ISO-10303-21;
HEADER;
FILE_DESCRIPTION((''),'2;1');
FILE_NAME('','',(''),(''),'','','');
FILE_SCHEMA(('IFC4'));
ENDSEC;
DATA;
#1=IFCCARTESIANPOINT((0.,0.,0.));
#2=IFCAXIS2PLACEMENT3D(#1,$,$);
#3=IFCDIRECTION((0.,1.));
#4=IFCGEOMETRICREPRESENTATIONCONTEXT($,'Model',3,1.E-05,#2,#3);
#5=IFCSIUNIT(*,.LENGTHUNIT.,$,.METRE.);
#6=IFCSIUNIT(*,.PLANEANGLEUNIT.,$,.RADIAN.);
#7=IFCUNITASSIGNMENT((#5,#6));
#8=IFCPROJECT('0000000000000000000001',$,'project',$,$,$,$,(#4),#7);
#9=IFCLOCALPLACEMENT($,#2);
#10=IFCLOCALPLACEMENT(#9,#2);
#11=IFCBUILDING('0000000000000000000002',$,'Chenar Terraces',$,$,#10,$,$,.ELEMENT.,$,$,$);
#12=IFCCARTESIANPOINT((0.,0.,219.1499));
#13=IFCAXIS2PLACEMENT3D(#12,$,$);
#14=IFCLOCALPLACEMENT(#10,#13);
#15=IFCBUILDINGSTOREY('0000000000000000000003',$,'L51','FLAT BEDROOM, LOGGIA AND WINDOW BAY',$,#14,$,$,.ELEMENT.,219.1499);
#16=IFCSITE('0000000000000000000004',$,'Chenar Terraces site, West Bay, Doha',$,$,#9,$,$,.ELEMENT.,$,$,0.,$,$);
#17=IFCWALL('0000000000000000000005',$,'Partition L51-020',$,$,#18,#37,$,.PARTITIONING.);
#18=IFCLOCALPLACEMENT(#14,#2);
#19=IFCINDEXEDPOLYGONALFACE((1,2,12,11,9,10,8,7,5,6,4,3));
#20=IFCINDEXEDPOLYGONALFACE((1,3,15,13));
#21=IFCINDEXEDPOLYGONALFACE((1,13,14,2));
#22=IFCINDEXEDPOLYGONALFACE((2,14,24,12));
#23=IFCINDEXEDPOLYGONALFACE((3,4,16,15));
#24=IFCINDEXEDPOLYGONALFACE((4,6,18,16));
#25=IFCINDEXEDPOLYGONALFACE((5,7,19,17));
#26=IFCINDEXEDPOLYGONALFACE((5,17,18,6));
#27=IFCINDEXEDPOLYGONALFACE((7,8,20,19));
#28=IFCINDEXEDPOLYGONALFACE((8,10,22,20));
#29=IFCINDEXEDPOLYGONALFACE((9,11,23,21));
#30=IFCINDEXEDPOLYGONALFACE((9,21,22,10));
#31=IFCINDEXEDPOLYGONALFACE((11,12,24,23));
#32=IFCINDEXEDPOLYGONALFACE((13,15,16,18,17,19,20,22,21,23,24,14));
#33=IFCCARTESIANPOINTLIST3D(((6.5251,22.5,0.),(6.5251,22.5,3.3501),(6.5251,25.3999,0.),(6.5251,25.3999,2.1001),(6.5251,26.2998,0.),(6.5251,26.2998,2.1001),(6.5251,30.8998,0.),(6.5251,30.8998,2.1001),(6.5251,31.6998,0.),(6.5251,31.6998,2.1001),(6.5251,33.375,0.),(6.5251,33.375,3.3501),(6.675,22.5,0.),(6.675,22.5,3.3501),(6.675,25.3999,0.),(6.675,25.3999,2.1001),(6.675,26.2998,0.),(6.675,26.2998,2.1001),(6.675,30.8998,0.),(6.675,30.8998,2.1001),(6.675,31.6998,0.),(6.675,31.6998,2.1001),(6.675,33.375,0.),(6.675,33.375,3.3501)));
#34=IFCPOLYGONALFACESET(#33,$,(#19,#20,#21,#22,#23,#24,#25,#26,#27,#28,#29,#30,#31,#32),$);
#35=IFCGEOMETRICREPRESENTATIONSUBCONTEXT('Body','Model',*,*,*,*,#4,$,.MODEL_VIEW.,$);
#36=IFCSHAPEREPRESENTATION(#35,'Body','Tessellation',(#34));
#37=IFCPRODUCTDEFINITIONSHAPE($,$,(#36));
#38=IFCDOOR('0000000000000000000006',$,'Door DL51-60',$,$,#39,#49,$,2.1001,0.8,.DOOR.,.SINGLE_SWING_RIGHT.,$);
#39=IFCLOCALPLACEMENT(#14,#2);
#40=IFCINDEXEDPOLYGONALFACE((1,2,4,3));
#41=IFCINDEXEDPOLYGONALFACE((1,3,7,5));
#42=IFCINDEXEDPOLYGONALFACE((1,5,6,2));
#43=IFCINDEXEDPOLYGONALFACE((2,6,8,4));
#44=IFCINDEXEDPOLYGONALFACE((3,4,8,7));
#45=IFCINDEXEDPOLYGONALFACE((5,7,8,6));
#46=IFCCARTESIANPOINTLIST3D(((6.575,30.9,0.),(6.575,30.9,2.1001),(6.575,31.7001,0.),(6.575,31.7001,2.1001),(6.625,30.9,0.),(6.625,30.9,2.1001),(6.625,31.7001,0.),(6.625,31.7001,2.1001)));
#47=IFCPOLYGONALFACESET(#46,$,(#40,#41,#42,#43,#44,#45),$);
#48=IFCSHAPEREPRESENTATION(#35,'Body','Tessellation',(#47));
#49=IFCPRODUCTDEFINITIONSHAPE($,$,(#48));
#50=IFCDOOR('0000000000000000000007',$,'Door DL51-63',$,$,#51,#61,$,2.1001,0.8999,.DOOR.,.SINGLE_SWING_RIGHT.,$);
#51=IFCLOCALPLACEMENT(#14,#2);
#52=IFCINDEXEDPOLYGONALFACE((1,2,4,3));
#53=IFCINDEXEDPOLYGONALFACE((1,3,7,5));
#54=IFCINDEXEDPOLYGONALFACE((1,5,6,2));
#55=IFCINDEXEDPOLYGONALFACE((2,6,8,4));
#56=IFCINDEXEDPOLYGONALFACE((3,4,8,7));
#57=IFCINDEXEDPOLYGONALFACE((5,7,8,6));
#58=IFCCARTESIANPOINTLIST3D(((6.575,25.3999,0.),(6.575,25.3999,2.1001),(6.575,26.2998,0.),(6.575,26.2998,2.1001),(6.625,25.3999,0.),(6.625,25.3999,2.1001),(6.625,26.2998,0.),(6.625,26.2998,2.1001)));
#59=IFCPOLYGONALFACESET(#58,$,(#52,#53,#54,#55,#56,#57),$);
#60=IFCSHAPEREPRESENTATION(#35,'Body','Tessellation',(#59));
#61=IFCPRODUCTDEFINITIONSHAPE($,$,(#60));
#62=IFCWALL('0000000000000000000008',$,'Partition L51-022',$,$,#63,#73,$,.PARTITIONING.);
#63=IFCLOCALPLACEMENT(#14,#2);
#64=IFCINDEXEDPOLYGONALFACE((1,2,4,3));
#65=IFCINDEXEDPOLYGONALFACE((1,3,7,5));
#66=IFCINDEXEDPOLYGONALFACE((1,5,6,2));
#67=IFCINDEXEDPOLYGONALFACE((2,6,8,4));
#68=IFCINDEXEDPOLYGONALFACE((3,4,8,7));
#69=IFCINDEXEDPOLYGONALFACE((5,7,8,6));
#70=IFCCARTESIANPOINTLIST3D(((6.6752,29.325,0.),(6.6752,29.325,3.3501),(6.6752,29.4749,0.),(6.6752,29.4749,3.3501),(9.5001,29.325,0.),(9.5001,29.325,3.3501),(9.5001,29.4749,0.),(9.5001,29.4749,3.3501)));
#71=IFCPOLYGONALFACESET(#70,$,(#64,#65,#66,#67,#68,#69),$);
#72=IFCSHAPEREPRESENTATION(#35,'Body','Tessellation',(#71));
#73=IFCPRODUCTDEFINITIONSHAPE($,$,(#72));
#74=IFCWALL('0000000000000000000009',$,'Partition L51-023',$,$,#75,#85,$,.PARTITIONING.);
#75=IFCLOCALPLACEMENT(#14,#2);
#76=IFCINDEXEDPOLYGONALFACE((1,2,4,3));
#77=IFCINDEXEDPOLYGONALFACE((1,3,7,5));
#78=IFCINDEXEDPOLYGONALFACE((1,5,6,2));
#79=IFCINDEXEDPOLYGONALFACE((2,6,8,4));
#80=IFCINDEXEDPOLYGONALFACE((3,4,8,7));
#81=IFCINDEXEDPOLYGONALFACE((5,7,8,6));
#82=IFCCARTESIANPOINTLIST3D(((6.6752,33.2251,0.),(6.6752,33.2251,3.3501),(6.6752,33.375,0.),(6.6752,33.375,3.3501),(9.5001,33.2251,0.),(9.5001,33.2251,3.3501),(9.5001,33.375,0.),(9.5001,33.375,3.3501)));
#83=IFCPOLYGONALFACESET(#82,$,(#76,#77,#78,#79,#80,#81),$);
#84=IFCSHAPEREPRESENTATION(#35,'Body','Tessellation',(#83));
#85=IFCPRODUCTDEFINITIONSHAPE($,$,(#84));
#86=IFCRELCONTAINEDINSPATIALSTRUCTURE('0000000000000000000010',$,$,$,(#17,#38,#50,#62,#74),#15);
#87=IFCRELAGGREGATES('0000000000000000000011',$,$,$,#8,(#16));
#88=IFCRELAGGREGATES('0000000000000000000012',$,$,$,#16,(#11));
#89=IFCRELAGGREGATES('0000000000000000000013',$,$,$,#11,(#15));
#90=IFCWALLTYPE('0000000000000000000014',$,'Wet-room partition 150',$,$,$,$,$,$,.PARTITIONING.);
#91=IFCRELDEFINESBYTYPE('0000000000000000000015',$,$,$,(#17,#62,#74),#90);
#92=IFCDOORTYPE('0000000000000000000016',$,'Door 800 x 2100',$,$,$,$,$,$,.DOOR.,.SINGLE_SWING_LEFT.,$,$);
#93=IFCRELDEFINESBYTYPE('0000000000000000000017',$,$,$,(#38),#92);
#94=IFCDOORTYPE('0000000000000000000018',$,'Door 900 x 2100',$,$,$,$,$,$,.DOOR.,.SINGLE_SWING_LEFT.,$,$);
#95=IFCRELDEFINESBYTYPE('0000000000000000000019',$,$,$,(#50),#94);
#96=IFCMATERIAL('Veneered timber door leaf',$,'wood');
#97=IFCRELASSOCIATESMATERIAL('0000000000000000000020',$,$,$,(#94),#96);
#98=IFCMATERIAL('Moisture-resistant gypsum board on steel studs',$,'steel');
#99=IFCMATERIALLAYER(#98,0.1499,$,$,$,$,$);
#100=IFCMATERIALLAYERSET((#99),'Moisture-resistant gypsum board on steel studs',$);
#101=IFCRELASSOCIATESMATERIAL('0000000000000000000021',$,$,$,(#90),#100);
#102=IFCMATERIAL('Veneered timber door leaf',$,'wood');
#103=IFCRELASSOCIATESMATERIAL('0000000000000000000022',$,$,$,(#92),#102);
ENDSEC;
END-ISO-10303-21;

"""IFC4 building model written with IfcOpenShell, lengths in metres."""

from ifc_helpers import new_model, si_unit, direction, frame, frame_2d, origin, place, context, subcontext, project, spatial, rectangle, extrude, material, layer, layer_set, type_object, element, fill, save


model = new_model("IFC4")

# Units and contexts
model_context = context("Model", 3, precision=1e-05, world=origin(), true_north=direction((0.0, 1.0)))
body_context = subcontext(model_context, "Body", "Model", "MODEL_VIEW")
ifc_project = project(units=[si_unit("LENGTHUNIT", "METRE"), si_unit("PLANEANGLEUNIT", "RADIAN")], contexts=[model_context])

# Site, building, storey
site_placement = place(None, origin())
site = spatial("IfcSite", under=ifc_project, at=site_placement, Name="Chenar Terraces site, West Bay, Doha", CompositionType="ELEMENT", RefElevation=0.0)
building_placement = place(site_placement, origin())
building = spatial("IfcBuilding", under=site, at=building_placement, Name="Chenar Terraces", CompositionType="ELEMENT")
storey_placement = place(building_placement, frame((0.0, 0.0, 219.1499)))
storey = spatial("IfcBuildingStorey", under=building, at=storey_placement, Name="L51", Description="FLAT BEDROOM, LOGGIA AND WINDOW BAY", CompositionType="ELEMENT", Elevation=219.1499)

# Wall, openings, doors
ifc_material_1 = material(Name="Veneered timber door leaf", Category="wood")
door_type_1 = type_object("IfcDoorType", Name="Door 900 x 2100", OperationType="SINGLE_SWING_LEFT", PredefinedType="DOOR", material=ifc_material_1)
ifc_material_2 = material(Name="Moisture-resistant gypsum board on steel studs", Category="steel")
ifc_layer_1 = layer(ifc_material_2, 0.1499)
ifc_layer_set_1 = layer_set([ifc_layer_1], Name="Moisture-resistant gypsum board on steel studs")
wall_type_1 = type_object("IfcWallType", Name="Wet-room partition 150", PredefinedType="PARTITIONING", material=ifc_layer_set_1)
wall_1_placement = place(storey_placement, frame((6.6001, 22.5, 0.0), z_axis=(0.0, 0.0, 1.0), x_axis=(0.0, 1.0, 0.0)))
wall_1 = element("IfcWall", 1, at=wall_1_placement, inside=storey, type_object=wall_type_1, Name="Partition L51-020", PredefinedType="PARTITIONING", context=body_context, shape_type="SweptSolid", body=[
    extrude(rectangle(XDim=10.875, YDim=0.1499, at=frame_2d((5.4375, 0.0))), origin(), (0.0, 0.0, 1.0), 3.3501),
])
opening_1_placement = place(wall_1_placement, frame((8.3999, 0.0, 0.0)))
opening_1 = element("IfcOpeningElement", 2, at=opening_1_placement, cuts=wall_1, PredefinedType="OPENING", context=body_context, shape_type="SweptSolid", body=[
    extrude(rectangle(XDim=0.8, YDim=2.1001, at=frame_2d((0.3999, 1.05))), frame((0.0, 0.085, 0.0), z_axis=(0.0, -1.0, 0.0), x_axis=(1.0, 0.0, 0.0)), (0.0, 0.0, 1.0), 0.1699),
])
opening_2_placement = place(wall_1_placement, frame((2.8999, 0.0, 0.0)))
opening_2 = element("IfcOpeningElement", 3, at=opening_2_placement, cuts=wall_1, PredefinedType="OPENING", context=body_context, shape_type="SweptSolid", body=[
    extrude(rectangle(XDim=0.8999, YDim=2.1001, at=frame_2d((0.45, 1.05))), frame((0.0, 0.085, 0.0), z_axis=(0.0, -1.0, 0.0), x_axis=(1.0, 0.0, 0.0)), (0.0, 0.0, 1.0), 0.1699),
])
ifc_material_3 = material(Name="Veneered timber door leaf", Category="wood")
door_type_2 = type_object("IfcDoorType", Name="Door 800 x 2100", OperationType="SINGLE_SWING_LEFT", PredefinedType="DOOR", material=ifc_material_3)
door_1_placement = place(opening_1_placement, frame((0.8, 0.0, 0.0), z_axis=(0.0, 0.0, 1.0), x_axis=(-1.0, 0.0, 0.0)))
door_1 = element("IfcDoor", 4, at=door_1_placement, inside=storey, type_object=door_type_2, Name="Door DL51-60", OperationType="SINGLE_SWING_RIGHT", OverallHeight=2.1001, OverallWidth=0.8, PredefinedType="DOOR", context=body_context, shape_type="SweptSolid", body=[
    extrude(rectangle(XDim=0.8, YDim=2.1001, at=frame_2d((0.3999, 1.05))), frame((0.0, 0.0249, 0.0), z_axis=(0.0, -1.0, 0.0), x_axis=(1.0, 0.0, 0.0)), (0.0, 0.0, 1.0), 0.05),
])
fill(opening_1, door_1)
door_2_placement = place(opening_2_placement, frame((0.8999, 0.0, 0.0), z_axis=(0.0, 0.0, 1.0), x_axis=(-1.0, 0.0, 0.0)))
door_2 = element("IfcDoor", 5, at=door_2_placement, inside=storey, type_object=door_type_1, Name="Door DL51-63", OperationType="SINGLE_SWING_RIGHT", OverallHeight=2.1001, OverallWidth=0.8999, PredefinedType="DOOR", context=body_context, shape_type="SweptSolid", body=[
    extrude(rectangle(XDim=0.8999, YDim=2.1001, at=frame_2d((0.45, 1.05))), frame((0.0, 0.0249, 0.0), z_axis=(0.0, -1.0, 0.0), x_axis=(1.0, 0.0, 0.0)), (0.0, 0.0, 1.0), 0.05),
])
fill(opening_2, door_2)

# Walls
for number, where, z_axis, x_axis, name in (
    (6, (6.675, 29.3999, 0.0), (0.0, 0.0, 1.0), (1.0, 0.0, 0.0), "Partition L51-022"),
    (7, (6.675, 33.3, 0.0), (0.0, 0.0, 1.0), (1.0, 0.0, 0.0), "Partition L51-023"),
):
    element("IfcWall", number, at=place(storey_placement, frame(where, z_axis=z_axis, x_axis=x_axis)), inside=storey, type_object=wall_type_1, Name=name, PredefinedType="PARTITIONING", context=body_context, shape_type="SweptSolid", body=[
        extrude(rectangle(XDim=2.825, YDim=0.1499, at=frame_2d((1.4126, 0.0))), origin(), (0.0, 0.0, 1.0), 3.3501),
    ])

save(model, "model.ifc")
